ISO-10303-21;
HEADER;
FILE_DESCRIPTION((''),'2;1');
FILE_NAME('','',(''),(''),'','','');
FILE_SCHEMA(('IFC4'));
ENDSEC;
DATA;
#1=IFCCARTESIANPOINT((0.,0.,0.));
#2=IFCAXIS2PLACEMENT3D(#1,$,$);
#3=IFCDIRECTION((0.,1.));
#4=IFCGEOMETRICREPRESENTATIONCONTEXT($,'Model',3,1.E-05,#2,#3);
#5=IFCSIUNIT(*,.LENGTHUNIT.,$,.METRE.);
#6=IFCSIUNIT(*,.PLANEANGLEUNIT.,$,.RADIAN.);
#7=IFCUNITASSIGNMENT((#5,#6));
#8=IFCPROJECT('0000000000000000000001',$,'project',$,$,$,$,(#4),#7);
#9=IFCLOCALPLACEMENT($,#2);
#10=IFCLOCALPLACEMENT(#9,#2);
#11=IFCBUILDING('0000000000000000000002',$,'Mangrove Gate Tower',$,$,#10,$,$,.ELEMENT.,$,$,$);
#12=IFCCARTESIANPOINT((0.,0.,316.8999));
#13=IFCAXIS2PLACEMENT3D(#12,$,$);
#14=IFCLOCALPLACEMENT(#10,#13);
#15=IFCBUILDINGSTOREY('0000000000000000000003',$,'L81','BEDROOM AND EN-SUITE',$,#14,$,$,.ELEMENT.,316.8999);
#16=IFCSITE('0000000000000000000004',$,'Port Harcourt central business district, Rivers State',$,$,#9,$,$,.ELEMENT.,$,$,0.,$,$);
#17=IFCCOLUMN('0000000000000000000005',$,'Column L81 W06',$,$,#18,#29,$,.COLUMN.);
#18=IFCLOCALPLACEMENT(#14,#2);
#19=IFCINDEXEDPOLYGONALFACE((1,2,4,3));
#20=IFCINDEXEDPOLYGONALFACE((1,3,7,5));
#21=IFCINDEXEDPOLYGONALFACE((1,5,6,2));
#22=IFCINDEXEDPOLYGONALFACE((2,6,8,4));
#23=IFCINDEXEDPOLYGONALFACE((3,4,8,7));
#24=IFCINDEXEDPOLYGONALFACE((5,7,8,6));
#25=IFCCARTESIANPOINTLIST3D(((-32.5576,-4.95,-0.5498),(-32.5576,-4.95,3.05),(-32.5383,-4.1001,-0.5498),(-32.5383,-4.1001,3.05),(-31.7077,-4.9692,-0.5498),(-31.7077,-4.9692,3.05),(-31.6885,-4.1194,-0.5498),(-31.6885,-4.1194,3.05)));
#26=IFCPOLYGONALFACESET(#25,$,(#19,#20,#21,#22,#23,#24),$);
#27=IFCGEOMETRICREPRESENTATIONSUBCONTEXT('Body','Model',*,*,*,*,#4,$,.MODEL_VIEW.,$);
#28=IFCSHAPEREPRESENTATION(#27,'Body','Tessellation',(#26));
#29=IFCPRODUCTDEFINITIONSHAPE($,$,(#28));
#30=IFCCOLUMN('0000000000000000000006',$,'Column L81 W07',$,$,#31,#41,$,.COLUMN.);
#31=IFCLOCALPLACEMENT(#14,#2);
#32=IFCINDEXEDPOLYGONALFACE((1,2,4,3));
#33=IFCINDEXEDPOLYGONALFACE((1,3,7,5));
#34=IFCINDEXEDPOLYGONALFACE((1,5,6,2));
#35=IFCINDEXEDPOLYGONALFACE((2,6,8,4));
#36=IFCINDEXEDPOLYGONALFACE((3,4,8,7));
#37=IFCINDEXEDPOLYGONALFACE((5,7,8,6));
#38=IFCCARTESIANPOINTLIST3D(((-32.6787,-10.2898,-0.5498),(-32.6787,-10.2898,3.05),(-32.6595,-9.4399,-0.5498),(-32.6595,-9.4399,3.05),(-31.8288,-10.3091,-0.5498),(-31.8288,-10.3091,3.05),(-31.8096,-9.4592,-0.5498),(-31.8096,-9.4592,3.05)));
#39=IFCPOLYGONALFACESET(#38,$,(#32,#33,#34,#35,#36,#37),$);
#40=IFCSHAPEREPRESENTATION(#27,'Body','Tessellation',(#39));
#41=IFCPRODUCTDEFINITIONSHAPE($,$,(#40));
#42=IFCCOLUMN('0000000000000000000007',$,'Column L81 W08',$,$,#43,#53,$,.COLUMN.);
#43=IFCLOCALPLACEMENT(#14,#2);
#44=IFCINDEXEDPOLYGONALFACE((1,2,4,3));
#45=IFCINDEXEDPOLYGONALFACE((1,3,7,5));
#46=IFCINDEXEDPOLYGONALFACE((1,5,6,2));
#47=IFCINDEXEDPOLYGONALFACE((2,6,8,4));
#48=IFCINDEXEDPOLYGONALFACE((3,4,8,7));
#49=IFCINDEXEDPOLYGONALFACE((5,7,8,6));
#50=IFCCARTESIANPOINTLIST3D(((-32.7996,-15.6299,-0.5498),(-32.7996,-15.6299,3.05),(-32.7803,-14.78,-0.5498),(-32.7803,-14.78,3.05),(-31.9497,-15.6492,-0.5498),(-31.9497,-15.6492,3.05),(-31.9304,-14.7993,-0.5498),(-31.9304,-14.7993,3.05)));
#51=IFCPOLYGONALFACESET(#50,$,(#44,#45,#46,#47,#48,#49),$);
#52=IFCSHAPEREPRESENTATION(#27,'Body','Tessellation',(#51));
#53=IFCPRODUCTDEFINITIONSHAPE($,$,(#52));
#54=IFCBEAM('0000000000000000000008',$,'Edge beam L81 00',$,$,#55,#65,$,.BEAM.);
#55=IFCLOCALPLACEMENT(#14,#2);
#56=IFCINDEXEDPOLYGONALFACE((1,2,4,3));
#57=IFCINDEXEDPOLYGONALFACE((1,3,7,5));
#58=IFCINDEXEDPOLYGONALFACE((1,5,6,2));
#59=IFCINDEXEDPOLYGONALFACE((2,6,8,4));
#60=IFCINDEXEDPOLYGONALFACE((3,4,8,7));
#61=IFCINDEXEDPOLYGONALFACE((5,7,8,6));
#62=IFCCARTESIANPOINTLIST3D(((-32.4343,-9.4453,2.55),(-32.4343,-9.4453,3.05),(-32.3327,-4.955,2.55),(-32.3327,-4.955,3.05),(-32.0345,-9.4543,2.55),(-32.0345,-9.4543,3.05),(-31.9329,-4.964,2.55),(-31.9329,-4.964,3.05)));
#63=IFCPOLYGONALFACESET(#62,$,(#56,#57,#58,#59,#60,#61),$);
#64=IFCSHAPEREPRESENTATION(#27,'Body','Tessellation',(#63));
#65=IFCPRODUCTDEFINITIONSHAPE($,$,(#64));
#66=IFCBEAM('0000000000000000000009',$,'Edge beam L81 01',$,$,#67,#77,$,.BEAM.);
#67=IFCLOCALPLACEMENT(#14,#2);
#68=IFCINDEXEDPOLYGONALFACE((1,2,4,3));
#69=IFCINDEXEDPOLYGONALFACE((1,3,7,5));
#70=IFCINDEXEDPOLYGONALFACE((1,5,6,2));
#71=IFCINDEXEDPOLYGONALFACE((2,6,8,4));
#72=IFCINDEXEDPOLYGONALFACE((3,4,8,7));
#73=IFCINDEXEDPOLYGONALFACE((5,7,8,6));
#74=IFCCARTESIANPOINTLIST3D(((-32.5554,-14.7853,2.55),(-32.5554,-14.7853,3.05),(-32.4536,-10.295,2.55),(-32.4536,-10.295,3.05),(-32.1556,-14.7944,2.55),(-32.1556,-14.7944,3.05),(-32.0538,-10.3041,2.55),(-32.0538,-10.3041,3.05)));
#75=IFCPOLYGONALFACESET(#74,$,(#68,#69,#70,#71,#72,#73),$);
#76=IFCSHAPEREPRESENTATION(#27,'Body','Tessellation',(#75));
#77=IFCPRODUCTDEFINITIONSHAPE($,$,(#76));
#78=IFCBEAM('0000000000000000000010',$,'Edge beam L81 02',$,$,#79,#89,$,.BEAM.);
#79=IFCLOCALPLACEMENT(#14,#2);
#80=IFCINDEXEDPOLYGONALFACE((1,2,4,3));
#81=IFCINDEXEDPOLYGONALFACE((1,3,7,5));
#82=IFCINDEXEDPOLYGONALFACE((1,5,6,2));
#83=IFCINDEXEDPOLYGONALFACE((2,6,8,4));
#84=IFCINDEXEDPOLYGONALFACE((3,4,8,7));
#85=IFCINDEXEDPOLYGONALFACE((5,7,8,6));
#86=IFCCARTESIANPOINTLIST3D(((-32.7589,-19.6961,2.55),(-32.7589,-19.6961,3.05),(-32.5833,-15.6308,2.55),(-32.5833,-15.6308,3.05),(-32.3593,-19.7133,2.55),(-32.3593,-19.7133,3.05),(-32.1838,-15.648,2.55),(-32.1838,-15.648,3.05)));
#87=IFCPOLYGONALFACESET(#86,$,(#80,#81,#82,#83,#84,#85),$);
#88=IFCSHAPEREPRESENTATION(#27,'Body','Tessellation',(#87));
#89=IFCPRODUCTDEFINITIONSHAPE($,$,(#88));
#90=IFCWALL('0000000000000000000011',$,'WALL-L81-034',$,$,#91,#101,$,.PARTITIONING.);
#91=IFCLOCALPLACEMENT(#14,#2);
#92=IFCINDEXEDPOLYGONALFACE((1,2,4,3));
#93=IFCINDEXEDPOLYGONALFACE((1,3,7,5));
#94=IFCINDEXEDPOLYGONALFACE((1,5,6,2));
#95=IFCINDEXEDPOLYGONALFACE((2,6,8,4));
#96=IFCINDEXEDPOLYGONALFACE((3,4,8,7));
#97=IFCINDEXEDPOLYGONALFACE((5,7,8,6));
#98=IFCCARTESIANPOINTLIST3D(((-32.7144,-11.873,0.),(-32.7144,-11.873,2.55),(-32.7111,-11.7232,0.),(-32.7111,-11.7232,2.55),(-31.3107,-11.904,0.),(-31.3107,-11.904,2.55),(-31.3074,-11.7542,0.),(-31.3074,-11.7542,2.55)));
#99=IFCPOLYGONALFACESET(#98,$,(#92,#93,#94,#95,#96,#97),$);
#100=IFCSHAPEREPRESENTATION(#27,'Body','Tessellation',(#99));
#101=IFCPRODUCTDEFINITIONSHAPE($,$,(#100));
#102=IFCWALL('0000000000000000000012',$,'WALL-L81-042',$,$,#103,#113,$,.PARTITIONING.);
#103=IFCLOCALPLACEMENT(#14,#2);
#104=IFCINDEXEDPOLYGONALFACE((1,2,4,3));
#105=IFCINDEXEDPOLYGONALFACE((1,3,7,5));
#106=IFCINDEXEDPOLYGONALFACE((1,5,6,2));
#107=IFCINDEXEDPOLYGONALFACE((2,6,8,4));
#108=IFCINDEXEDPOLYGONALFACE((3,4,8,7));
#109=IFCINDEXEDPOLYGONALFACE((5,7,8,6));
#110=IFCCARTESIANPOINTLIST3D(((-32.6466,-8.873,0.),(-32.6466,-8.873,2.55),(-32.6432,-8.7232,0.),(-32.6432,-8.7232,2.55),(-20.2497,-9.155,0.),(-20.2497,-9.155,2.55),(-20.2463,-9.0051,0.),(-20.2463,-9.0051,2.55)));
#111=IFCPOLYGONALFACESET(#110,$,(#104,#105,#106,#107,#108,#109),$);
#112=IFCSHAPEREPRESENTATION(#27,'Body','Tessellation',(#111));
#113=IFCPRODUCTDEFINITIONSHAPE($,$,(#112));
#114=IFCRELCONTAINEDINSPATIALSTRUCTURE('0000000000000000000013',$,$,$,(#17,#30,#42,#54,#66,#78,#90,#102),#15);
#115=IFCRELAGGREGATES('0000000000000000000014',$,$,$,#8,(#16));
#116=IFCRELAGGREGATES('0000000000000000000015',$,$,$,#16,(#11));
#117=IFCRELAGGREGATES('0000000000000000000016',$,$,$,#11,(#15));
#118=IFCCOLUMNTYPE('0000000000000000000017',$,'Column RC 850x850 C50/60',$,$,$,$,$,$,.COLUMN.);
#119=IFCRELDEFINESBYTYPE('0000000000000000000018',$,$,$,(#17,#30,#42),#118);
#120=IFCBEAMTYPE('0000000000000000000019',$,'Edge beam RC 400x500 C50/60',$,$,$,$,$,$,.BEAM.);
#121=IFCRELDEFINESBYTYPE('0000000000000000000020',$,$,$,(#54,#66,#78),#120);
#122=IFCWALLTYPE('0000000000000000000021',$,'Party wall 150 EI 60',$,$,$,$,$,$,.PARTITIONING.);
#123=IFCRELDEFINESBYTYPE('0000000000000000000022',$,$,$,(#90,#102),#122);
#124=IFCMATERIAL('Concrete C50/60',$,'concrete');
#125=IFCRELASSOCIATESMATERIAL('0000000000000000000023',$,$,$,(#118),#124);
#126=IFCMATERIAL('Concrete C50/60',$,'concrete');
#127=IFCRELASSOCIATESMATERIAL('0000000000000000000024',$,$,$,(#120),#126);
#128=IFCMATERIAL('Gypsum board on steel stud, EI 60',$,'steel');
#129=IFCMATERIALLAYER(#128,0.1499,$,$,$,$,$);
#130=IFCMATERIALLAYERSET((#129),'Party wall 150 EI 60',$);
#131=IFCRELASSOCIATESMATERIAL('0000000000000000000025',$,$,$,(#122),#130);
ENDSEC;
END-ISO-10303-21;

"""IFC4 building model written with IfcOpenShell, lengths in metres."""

from ifc_helpers import new_model, si_unit, direction, frame, frame_2d, origin, origin_2d, place, context, subcontext, project, spatial, rectangle, extrude, material, layer, layer_set, material_profile, profile_set, type_object, element, save


model = new_model("IFC4")

# Units and contexts
model_context = context("Model", 3, precision=1e-05, world=origin(), true_north=direction((0.0, 1.0)))
body_context = subcontext(model_context, "Body", "Model", "MODEL_VIEW")
ifc_project = project(units=[si_unit("LENGTHUNIT", "METRE"), si_unit("PLANEANGLEUNIT", "RADIAN")], contexts=[model_context])

# Site, building, storey
site_placement = place(None, origin())
site = spatial("IfcSite", under=ifc_project, at=site_placement, Name="Port Harcourt central business district, Rivers State", CompositionType="ELEMENT", RefElevation=0.0)
building_placement = place(site_placement, origin())
building = spatial("IfcBuilding", under=site, at=building_placement, Name="Mangrove Gate Tower", CompositionType="ELEMENT")
storey_placement = place(building_placement, frame((0.0, 0.0, 316.8999)))
storey = spatial("IfcBuildingStorey", under=building, at=storey_placement, Name="L81", Description="BEDROOM AND EN-SUITE", CompositionType="ELEMENT", Elevation=316.8999)

# Columns
ifc_material_1 = material(Name="Concrete C50/60", Category="concrete")
ifc_material_profile_1 = material_profile(ifc_material_1, rectangle(XDim=0.8501, YDim=0.8501, at=origin_2d()))
ifc_profile_set_1 = profile_set([ifc_material_profile_1], Name="Concrete C50/60")
column_type = type_object("IfcColumnType", Name="Column RC 850x850 C50/60", PredefinedType="COLUMN", material=ifc_profile_set_1)
for number, where, z_axis, x_axis, name in (
    (1, (-32.123, -4.5347, -0.5498), (0.0, 0.0, 1.0), (-0.02268, -0.999743, 0.0), "Column L81 W06"),
    (2, (-32.2441, -9.8745, -0.5498), (0.0, 0.0, 1.0), (-0.022653, -0.999743, 0.0), "Column L81 W07"),
    (3, (-32.365, -15.2146, -0.5498), (0.0, 0.0, 1.0), (-0.022747, -0.999741, 0.0), "Column L81 W08"),
):
    element("IfcColumn", number, at=place(storey_placement, frame(where, z_axis=z_axis, x_axis=x_axis)), inside=storey, type_object=column_type, Name=name, PredefinedType="COLUMN", context=body_context, shape_type="SweptSolid", body=[
        extrude(rectangle(XDim=0.8501, YDim=0.8501, at=origin_2d()), origin(), (0.0, 0.0, 1.0), 3.5999),
    ])

# Beams
ifc_material_2 = material(Name="Concrete C50/60", Category="concrete")
ifc_material_profile_2 = material_profile(ifc_material_2, rectangle(XDim=0.3999, YDim=0.5, at=origin_2d()))
ifc_profile_set_2 = profile_set([ifc_material_profile_2], Name="Concrete C50/60")
beam_type = type_object("IfcBeamType", Name="Edge beam RC 400x500 C50/60", PredefinedType="BEAM", material=ifc_profile_set_2)
for number, where, z_axis, x_axis, name in (
    (4, (-32.1328, -4.9595, 2.8), (-0.022613, -0.999744, 0.0), (0.999744, -0.022613, 0.0), "Edge beam L81 00"),
    (5, (-32.2537, -10.2996, 2.8), (-0.022667, -0.999743, 0.0), (0.999743, -0.022667, 0.0), "Edge beam L81 01"),
):
    element("IfcBeam", number, at=place(storey_placement, frame(where, z_axis=z_axis, x_axis=x_axis)), inside=storey, type_object=beam_type, Name=name, PredefinedType="BEAM", context=body_context, shape_type="SweptSolid", body=[
        extrude(rectangle(XDim=0.3999, YDim=0.5, at=origin_2d()), origin(), (0.0, 0.0, 1.0), 4.4915),
    ])
beam_placement = place(storey_placement, frame((-32.3835, -15.6394, 2.8), z_axis=(-0.04314, -0.999069, 0.0), x_axis=(0.999069, -0.04314, 0.0)))
element("IfcBeam", 6, at=beam_placement, inside=storey, type_object=beam_type, Name="Edge beam L81 02", PredefinedType="BEAM", context=body_context, shape_type="SweptSolid", body=[
    extrude(rectangle(XDim=0.3999, YDim=0.5, at=origin_2d()), origin(), (0.0, 0.0, 1.0), 4.0691),
])

# Walls
ifc_material_3 = material(Name="Gypsum board on steel stud, EI 60", Category="steel")
ifc_layer = layer(ifc_material_3, 0.1499)
ifc_layer_set = layer_set([ifc_layer], Name="Party wall 150 EI 60")
wall_type = type_object("IfcWallType", Name="Party wall 150 EI 60", PredefinedType="PARTITIONING", material=ifc_layer_set)
wall_1_placement = place(storey_placement, frame((-32.7129, -11.7981, 0.0), z_axis=(0.0, 0.0, 1.0), x_axis=(0.999756, -0.022082, 0.0)))
element("IfcWall", 7, at=wall_1_placement, inside=storey, type_object=wall_type, Name="WALL-L81-034", PredefinedType="PARTITIONING", context=body_context, shape_type="SweptSolid", body=[
    extrude(rectangle(XDim=1.4041, YDim=0.1499, at=frame_2d((0.7021, 0.0))), origin(), (0.0, 0.0, 1.0), 2.55),
])
wall_2_placement = place(storey_placement, frame((-32.645, -8.7981, 0.0), z_axis=(0.0, 0.0, 1.0), x_axis=(0.999741, -0.02274, 0.0)))
element("IfcWall", 8, at=wall_2_placement, inside=storey, type_object=wall_type, Name="WALL-L81-042", PredefinedType="PARTITIONING", context=body_context, shape_type="SweptSolid", body=[
    extrude(rectangle(XDim=12.4001, YDim=0.1499, at=frame_2d((6.2002, 0.0))), origin(), (0.0, 0.0, 1.0), 2.55),
])

save(model, "model.ifc")
